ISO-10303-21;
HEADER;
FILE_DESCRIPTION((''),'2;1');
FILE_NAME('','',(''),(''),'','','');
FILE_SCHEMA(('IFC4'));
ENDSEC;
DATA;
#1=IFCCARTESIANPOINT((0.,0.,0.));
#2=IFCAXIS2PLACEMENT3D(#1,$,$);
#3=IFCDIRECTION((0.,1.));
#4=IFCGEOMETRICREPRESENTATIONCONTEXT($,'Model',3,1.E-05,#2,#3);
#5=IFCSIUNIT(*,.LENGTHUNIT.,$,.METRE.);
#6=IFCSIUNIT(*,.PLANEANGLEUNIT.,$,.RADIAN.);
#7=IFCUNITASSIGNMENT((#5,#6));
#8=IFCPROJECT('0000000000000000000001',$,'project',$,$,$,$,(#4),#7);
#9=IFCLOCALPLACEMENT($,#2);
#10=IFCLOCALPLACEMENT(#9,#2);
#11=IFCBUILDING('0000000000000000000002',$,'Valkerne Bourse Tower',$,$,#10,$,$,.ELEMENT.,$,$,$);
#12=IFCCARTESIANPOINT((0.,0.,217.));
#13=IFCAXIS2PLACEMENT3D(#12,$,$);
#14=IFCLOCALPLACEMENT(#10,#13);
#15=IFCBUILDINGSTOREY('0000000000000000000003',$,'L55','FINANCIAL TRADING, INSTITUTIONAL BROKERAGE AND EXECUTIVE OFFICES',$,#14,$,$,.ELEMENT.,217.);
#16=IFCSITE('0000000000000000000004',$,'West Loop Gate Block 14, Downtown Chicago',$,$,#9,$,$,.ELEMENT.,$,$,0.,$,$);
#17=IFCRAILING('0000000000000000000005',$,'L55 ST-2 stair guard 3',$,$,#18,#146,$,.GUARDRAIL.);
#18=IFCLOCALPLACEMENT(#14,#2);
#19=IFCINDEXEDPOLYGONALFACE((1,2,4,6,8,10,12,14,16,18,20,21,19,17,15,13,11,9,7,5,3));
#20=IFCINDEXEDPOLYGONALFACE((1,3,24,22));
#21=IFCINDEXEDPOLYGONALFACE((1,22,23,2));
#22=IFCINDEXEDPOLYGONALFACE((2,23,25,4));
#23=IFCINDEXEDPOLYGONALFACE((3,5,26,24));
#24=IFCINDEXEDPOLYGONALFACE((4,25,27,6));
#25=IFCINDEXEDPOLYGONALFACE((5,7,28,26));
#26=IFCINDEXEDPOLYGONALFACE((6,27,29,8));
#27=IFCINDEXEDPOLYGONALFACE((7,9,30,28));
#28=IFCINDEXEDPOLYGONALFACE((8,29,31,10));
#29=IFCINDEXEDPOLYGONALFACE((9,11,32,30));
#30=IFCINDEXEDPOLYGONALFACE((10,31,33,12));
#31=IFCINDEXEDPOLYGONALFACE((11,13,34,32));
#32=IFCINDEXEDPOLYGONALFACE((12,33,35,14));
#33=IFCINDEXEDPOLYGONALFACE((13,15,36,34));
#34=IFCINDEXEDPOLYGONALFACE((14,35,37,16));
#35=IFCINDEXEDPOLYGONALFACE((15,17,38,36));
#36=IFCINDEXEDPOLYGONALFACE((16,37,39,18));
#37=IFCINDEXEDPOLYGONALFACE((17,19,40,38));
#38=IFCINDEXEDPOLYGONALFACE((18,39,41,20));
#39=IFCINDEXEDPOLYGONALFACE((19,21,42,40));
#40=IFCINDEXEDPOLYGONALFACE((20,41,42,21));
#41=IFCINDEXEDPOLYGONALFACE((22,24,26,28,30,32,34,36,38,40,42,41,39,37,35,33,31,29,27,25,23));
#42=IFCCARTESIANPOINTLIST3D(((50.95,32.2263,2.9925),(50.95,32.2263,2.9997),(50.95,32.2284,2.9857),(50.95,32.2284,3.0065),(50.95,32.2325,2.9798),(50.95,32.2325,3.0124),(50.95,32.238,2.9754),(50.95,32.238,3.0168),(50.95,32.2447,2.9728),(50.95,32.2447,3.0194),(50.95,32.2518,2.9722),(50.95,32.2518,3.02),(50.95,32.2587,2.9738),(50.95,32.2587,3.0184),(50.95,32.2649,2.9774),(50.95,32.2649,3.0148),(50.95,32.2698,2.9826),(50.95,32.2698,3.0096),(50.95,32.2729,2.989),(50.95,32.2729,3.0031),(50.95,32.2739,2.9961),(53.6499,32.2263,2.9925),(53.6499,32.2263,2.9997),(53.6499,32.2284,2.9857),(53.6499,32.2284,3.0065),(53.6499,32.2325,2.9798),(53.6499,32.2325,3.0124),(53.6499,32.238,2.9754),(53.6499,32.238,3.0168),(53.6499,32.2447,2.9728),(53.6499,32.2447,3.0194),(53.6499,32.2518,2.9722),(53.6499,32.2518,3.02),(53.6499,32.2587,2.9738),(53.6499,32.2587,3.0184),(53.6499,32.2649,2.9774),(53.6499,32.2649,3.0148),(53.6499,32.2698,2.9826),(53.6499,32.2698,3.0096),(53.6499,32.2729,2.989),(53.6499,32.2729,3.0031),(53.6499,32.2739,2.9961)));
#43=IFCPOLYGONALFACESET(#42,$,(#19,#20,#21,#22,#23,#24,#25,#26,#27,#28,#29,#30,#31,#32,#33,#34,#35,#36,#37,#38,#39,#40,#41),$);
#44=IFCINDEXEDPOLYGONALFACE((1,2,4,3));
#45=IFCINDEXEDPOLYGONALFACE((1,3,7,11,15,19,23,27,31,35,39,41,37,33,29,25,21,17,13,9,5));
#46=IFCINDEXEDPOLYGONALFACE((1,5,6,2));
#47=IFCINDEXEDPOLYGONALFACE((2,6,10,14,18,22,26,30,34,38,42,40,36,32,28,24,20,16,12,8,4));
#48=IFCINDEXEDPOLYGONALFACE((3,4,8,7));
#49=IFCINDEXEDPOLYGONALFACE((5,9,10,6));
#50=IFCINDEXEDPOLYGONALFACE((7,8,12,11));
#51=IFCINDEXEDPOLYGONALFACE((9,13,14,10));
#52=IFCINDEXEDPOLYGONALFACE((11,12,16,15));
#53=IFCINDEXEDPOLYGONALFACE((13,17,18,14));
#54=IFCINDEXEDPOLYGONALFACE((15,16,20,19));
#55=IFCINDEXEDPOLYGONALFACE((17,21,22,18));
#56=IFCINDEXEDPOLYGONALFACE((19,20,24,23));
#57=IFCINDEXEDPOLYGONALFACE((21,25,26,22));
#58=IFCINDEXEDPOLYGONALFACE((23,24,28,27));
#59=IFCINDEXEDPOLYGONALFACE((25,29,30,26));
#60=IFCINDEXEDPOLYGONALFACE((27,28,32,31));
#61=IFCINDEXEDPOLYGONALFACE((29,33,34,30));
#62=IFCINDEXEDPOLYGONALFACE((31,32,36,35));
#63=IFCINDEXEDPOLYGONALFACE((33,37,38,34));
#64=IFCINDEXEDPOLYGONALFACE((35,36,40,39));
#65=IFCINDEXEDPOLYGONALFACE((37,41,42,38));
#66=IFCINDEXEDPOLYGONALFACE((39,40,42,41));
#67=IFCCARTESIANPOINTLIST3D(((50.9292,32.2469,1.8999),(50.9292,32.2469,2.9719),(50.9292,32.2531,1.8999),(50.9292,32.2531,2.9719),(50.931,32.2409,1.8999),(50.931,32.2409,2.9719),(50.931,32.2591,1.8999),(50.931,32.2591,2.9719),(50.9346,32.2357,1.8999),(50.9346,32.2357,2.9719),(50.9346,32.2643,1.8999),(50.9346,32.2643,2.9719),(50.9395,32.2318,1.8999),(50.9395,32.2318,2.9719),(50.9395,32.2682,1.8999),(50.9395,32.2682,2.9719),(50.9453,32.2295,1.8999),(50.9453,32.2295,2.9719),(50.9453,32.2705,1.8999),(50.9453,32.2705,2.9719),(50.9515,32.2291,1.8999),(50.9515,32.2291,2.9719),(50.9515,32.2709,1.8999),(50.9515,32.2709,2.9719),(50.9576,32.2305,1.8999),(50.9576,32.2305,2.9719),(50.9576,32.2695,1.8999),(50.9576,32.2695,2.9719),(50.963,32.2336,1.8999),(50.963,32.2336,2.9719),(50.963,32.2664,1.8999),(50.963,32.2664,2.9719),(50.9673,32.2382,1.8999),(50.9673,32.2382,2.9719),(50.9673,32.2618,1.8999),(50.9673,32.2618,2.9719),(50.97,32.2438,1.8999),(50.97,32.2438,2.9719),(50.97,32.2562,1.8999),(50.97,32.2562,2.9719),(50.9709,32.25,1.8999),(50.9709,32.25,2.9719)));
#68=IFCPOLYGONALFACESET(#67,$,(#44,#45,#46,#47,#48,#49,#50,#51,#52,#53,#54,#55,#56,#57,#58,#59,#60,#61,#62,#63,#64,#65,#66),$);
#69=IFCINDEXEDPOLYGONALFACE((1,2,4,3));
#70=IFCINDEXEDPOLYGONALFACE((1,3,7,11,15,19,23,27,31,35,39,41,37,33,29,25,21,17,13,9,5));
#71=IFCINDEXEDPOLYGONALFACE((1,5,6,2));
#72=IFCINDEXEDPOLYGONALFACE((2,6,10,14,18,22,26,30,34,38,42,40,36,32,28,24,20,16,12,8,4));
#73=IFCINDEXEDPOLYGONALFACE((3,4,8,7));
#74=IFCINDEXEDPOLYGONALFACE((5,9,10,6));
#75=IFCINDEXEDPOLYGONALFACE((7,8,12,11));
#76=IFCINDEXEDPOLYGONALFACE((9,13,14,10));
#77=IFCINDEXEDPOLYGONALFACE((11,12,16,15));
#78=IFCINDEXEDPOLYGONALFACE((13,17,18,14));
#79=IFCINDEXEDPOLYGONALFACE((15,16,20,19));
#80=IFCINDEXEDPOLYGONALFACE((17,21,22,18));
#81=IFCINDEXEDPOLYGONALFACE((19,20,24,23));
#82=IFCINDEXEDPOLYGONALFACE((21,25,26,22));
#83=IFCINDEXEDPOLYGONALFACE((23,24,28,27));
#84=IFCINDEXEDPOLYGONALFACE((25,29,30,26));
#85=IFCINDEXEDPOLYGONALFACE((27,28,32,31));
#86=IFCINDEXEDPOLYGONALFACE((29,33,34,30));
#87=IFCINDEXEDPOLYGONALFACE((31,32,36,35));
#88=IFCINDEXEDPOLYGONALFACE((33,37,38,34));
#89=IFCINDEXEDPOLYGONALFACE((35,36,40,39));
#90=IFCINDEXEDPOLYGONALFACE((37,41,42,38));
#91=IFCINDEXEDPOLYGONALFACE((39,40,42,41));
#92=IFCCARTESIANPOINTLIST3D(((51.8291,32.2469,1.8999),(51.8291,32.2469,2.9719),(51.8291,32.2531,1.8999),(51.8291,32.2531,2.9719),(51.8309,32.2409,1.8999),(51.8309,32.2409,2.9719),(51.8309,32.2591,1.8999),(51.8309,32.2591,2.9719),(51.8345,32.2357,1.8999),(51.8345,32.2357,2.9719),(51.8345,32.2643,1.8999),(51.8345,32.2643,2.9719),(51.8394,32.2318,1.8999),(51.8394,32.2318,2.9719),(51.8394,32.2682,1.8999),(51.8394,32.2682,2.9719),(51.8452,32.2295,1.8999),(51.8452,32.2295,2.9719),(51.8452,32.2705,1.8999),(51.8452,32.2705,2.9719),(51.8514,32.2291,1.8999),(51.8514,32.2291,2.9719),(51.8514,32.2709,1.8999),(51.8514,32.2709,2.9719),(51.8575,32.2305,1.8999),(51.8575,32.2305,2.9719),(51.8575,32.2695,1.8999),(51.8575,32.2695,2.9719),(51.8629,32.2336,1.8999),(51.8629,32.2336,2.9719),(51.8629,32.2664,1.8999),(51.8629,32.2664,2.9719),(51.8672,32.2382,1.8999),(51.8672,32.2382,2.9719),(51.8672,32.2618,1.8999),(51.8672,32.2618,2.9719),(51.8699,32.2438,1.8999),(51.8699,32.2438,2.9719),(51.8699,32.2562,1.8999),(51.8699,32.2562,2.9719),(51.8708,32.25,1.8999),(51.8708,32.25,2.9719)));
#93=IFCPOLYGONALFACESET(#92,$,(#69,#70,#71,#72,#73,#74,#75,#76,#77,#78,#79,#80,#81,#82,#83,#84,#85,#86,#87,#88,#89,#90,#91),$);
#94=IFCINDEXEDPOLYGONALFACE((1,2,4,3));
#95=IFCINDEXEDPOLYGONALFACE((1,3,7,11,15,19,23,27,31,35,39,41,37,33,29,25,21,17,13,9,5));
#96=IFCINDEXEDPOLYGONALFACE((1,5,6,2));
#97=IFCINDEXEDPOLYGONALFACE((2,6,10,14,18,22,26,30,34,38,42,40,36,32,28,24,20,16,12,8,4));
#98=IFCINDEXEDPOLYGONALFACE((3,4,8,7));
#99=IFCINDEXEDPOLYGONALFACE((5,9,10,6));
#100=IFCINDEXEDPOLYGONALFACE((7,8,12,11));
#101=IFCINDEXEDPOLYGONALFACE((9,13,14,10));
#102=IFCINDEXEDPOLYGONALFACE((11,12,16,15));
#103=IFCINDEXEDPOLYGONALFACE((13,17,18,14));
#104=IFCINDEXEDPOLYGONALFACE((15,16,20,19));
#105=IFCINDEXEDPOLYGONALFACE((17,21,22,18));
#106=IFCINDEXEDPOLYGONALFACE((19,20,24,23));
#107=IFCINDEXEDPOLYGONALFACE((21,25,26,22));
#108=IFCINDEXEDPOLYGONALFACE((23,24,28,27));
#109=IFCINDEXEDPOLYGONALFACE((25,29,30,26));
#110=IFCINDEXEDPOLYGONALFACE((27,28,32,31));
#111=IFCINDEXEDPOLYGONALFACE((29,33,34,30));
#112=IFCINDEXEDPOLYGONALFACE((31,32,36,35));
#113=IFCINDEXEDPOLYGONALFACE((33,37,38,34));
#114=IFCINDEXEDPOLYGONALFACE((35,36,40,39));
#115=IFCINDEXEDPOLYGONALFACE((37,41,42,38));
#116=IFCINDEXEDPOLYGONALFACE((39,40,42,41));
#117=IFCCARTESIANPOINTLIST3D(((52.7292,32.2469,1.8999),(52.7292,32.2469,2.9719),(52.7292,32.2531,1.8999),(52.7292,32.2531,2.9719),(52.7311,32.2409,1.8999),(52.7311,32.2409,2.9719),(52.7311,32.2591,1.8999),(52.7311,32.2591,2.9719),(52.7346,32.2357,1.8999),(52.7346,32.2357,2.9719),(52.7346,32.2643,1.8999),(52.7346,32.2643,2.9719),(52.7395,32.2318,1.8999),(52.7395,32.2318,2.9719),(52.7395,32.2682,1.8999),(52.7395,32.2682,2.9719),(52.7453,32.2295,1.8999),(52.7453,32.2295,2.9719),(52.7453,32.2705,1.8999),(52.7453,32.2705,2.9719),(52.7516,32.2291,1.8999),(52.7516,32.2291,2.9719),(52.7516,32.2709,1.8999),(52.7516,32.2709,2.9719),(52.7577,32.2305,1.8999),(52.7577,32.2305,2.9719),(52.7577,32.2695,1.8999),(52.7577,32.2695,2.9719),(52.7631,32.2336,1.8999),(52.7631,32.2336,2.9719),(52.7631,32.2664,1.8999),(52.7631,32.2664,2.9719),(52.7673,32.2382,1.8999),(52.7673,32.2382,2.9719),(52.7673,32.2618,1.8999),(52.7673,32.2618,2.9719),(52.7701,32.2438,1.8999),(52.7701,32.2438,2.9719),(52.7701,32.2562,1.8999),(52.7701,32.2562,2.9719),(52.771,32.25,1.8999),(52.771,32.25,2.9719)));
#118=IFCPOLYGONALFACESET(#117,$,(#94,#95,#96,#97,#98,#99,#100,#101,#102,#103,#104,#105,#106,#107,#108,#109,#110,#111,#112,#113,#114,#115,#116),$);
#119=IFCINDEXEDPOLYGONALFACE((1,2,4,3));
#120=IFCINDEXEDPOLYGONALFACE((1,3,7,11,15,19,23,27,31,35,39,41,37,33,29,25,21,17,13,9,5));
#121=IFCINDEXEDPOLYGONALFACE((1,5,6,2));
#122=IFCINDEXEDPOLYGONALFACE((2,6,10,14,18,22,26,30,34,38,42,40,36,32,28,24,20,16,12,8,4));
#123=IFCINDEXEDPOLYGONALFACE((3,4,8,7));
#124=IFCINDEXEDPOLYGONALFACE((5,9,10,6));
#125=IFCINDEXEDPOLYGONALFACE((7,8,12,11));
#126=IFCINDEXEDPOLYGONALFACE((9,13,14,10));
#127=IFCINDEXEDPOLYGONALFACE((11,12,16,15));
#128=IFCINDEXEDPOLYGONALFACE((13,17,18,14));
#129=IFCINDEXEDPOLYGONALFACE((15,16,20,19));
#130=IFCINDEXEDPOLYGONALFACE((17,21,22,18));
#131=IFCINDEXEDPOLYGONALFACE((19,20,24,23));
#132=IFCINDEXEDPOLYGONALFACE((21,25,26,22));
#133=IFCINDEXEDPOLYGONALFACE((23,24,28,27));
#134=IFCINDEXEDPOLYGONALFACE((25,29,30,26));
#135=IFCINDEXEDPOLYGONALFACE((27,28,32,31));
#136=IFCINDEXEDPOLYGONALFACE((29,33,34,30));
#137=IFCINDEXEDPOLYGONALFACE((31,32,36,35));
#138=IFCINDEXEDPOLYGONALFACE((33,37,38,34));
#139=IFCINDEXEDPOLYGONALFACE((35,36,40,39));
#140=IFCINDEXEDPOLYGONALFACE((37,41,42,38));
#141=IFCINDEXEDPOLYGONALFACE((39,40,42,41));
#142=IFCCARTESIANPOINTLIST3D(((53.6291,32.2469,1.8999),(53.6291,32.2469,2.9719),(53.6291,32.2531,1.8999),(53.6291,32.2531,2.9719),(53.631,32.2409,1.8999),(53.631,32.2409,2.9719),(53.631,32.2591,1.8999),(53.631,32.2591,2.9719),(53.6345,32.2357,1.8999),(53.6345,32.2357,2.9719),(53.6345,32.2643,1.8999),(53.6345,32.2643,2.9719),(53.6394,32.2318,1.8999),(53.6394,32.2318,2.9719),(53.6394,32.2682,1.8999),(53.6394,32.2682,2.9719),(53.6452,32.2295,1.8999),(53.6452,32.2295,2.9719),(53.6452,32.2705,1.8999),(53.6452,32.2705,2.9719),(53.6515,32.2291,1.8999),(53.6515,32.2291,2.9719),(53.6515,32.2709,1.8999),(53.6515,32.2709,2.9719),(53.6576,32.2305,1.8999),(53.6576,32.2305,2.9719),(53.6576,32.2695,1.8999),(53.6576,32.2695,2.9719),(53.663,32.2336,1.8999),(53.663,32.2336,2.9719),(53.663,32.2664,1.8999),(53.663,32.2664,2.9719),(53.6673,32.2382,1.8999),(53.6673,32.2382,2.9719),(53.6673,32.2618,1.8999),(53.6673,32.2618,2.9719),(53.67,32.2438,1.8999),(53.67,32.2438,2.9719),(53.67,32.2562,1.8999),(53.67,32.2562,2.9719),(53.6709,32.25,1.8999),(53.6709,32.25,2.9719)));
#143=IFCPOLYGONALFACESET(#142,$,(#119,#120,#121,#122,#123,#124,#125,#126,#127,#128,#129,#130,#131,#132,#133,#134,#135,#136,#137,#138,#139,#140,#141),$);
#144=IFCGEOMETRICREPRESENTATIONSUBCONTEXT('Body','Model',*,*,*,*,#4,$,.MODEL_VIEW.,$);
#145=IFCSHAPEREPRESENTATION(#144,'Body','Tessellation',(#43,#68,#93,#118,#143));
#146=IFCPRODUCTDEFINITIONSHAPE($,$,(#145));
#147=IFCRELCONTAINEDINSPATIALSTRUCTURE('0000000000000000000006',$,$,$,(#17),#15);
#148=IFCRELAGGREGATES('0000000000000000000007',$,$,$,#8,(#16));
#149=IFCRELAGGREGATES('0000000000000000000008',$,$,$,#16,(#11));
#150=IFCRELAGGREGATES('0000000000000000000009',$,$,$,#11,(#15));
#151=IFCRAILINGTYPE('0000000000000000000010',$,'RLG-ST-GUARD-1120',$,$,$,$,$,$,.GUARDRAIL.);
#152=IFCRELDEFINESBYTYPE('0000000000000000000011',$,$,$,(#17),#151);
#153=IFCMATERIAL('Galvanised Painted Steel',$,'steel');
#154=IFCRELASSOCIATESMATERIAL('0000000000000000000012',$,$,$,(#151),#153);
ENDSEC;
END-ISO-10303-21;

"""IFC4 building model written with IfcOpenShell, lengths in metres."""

from ifc_helpers import new_model, si_unit, direction, frame, origin, origin_2d, place, context, subcontext, project, spatial, circle, extrude, material, type_object, element, save


model = new_model("IFC4")

# Units and contexts
model_context = context("Model", 3, precision=1e-05, world=origin(), true_north=direction((0.0, 1.0)))
body_context = subcontext(model_context, "Body", "Model", "MODEL_VIEW")
ifc_project = project(units=[si_unit("LENGTHUNIT", "METRE"), si_unit("PLANEANGLEUNIT", "RADIAN")], contexts=[model_context])

# Site, building, storey
site_placement = place(None, origin())
site = spatial("IfcSite", under=ifc_project, at=site_placement, Name="West Loop Gate Block 14, Downtown Chicago", CompositionType="ELEMENT", RefElevation=0.0)
building_placement = place(site_placement, origin())
building = spatial("IfcBuilding", under=site, at=building_placement, Name="Valkerne Bourse Tower", CompositionType="ELEMENT")
storey_placement = place(building_placement, frame((0.0, 0.0, 217.0)))
storey = spatial("IfcBuildingStorey", under=building, at=storey_placement, Name="L55", Description="FINANCIAL TRADING, INSTITUTIONAL BROKERAGE AND EXECUTIVE OFFICES", CompositionType="ELEMENT", Elevation=217.0)

# Shared definitions
ifc_material_1 = material(Name="Galvanised Painted Steel", Category="steel")

# Railing
railing_type_1 = type_object("IfcRailingType", Name="RLG-ST-GUARD-1120", PredefinedType="GUARDRAIL", material=ifc_material_1)
railing_1_placement = place(storey_placement, frame((50.95, 32.25, 1.8999)))
element("IfcRailing", 1, at=railing_1_placement, inside=storey, type_object=railing_type_1, Name="L55 ST-2 stair guard 3", PredefinedType="GUARDRAIL", context=body_context, shape_type="SweptSolid", body=[
    extrude(circle(Radius=0.0239, at=origin_2d()), frame((0.0, 0.0, 1.0962), z_axis=(1.0, 0.0, 0.0), x_axis=(0.0, 1.0, 0.0)), (0.0, 0.0, 1.0), 2.7),
    extrude(circle(Radius=0.021, at=origin_2d()), origin(), (0.0, 0.0, 1.0), 1.072),
    extrude(circle(Radius=0.021, at=origin_2d()), frame((0.8999, 0.0, 0.0)), (0.0, 0.0, 1.0), 1.072),
    extrude(circle(Radius=0.021, at=origin_2d()), frame((1.8, 0.0, 0.0)), (0.0, 0.0, 1.0), 1.072),
    extrude(circle(Radius=0.021, at=origin_2d()), frame((2.7, 0.0, 0.0)), (0.0, 0.0, 1.0), 1.072),
])

save(model, "model.ifc")
